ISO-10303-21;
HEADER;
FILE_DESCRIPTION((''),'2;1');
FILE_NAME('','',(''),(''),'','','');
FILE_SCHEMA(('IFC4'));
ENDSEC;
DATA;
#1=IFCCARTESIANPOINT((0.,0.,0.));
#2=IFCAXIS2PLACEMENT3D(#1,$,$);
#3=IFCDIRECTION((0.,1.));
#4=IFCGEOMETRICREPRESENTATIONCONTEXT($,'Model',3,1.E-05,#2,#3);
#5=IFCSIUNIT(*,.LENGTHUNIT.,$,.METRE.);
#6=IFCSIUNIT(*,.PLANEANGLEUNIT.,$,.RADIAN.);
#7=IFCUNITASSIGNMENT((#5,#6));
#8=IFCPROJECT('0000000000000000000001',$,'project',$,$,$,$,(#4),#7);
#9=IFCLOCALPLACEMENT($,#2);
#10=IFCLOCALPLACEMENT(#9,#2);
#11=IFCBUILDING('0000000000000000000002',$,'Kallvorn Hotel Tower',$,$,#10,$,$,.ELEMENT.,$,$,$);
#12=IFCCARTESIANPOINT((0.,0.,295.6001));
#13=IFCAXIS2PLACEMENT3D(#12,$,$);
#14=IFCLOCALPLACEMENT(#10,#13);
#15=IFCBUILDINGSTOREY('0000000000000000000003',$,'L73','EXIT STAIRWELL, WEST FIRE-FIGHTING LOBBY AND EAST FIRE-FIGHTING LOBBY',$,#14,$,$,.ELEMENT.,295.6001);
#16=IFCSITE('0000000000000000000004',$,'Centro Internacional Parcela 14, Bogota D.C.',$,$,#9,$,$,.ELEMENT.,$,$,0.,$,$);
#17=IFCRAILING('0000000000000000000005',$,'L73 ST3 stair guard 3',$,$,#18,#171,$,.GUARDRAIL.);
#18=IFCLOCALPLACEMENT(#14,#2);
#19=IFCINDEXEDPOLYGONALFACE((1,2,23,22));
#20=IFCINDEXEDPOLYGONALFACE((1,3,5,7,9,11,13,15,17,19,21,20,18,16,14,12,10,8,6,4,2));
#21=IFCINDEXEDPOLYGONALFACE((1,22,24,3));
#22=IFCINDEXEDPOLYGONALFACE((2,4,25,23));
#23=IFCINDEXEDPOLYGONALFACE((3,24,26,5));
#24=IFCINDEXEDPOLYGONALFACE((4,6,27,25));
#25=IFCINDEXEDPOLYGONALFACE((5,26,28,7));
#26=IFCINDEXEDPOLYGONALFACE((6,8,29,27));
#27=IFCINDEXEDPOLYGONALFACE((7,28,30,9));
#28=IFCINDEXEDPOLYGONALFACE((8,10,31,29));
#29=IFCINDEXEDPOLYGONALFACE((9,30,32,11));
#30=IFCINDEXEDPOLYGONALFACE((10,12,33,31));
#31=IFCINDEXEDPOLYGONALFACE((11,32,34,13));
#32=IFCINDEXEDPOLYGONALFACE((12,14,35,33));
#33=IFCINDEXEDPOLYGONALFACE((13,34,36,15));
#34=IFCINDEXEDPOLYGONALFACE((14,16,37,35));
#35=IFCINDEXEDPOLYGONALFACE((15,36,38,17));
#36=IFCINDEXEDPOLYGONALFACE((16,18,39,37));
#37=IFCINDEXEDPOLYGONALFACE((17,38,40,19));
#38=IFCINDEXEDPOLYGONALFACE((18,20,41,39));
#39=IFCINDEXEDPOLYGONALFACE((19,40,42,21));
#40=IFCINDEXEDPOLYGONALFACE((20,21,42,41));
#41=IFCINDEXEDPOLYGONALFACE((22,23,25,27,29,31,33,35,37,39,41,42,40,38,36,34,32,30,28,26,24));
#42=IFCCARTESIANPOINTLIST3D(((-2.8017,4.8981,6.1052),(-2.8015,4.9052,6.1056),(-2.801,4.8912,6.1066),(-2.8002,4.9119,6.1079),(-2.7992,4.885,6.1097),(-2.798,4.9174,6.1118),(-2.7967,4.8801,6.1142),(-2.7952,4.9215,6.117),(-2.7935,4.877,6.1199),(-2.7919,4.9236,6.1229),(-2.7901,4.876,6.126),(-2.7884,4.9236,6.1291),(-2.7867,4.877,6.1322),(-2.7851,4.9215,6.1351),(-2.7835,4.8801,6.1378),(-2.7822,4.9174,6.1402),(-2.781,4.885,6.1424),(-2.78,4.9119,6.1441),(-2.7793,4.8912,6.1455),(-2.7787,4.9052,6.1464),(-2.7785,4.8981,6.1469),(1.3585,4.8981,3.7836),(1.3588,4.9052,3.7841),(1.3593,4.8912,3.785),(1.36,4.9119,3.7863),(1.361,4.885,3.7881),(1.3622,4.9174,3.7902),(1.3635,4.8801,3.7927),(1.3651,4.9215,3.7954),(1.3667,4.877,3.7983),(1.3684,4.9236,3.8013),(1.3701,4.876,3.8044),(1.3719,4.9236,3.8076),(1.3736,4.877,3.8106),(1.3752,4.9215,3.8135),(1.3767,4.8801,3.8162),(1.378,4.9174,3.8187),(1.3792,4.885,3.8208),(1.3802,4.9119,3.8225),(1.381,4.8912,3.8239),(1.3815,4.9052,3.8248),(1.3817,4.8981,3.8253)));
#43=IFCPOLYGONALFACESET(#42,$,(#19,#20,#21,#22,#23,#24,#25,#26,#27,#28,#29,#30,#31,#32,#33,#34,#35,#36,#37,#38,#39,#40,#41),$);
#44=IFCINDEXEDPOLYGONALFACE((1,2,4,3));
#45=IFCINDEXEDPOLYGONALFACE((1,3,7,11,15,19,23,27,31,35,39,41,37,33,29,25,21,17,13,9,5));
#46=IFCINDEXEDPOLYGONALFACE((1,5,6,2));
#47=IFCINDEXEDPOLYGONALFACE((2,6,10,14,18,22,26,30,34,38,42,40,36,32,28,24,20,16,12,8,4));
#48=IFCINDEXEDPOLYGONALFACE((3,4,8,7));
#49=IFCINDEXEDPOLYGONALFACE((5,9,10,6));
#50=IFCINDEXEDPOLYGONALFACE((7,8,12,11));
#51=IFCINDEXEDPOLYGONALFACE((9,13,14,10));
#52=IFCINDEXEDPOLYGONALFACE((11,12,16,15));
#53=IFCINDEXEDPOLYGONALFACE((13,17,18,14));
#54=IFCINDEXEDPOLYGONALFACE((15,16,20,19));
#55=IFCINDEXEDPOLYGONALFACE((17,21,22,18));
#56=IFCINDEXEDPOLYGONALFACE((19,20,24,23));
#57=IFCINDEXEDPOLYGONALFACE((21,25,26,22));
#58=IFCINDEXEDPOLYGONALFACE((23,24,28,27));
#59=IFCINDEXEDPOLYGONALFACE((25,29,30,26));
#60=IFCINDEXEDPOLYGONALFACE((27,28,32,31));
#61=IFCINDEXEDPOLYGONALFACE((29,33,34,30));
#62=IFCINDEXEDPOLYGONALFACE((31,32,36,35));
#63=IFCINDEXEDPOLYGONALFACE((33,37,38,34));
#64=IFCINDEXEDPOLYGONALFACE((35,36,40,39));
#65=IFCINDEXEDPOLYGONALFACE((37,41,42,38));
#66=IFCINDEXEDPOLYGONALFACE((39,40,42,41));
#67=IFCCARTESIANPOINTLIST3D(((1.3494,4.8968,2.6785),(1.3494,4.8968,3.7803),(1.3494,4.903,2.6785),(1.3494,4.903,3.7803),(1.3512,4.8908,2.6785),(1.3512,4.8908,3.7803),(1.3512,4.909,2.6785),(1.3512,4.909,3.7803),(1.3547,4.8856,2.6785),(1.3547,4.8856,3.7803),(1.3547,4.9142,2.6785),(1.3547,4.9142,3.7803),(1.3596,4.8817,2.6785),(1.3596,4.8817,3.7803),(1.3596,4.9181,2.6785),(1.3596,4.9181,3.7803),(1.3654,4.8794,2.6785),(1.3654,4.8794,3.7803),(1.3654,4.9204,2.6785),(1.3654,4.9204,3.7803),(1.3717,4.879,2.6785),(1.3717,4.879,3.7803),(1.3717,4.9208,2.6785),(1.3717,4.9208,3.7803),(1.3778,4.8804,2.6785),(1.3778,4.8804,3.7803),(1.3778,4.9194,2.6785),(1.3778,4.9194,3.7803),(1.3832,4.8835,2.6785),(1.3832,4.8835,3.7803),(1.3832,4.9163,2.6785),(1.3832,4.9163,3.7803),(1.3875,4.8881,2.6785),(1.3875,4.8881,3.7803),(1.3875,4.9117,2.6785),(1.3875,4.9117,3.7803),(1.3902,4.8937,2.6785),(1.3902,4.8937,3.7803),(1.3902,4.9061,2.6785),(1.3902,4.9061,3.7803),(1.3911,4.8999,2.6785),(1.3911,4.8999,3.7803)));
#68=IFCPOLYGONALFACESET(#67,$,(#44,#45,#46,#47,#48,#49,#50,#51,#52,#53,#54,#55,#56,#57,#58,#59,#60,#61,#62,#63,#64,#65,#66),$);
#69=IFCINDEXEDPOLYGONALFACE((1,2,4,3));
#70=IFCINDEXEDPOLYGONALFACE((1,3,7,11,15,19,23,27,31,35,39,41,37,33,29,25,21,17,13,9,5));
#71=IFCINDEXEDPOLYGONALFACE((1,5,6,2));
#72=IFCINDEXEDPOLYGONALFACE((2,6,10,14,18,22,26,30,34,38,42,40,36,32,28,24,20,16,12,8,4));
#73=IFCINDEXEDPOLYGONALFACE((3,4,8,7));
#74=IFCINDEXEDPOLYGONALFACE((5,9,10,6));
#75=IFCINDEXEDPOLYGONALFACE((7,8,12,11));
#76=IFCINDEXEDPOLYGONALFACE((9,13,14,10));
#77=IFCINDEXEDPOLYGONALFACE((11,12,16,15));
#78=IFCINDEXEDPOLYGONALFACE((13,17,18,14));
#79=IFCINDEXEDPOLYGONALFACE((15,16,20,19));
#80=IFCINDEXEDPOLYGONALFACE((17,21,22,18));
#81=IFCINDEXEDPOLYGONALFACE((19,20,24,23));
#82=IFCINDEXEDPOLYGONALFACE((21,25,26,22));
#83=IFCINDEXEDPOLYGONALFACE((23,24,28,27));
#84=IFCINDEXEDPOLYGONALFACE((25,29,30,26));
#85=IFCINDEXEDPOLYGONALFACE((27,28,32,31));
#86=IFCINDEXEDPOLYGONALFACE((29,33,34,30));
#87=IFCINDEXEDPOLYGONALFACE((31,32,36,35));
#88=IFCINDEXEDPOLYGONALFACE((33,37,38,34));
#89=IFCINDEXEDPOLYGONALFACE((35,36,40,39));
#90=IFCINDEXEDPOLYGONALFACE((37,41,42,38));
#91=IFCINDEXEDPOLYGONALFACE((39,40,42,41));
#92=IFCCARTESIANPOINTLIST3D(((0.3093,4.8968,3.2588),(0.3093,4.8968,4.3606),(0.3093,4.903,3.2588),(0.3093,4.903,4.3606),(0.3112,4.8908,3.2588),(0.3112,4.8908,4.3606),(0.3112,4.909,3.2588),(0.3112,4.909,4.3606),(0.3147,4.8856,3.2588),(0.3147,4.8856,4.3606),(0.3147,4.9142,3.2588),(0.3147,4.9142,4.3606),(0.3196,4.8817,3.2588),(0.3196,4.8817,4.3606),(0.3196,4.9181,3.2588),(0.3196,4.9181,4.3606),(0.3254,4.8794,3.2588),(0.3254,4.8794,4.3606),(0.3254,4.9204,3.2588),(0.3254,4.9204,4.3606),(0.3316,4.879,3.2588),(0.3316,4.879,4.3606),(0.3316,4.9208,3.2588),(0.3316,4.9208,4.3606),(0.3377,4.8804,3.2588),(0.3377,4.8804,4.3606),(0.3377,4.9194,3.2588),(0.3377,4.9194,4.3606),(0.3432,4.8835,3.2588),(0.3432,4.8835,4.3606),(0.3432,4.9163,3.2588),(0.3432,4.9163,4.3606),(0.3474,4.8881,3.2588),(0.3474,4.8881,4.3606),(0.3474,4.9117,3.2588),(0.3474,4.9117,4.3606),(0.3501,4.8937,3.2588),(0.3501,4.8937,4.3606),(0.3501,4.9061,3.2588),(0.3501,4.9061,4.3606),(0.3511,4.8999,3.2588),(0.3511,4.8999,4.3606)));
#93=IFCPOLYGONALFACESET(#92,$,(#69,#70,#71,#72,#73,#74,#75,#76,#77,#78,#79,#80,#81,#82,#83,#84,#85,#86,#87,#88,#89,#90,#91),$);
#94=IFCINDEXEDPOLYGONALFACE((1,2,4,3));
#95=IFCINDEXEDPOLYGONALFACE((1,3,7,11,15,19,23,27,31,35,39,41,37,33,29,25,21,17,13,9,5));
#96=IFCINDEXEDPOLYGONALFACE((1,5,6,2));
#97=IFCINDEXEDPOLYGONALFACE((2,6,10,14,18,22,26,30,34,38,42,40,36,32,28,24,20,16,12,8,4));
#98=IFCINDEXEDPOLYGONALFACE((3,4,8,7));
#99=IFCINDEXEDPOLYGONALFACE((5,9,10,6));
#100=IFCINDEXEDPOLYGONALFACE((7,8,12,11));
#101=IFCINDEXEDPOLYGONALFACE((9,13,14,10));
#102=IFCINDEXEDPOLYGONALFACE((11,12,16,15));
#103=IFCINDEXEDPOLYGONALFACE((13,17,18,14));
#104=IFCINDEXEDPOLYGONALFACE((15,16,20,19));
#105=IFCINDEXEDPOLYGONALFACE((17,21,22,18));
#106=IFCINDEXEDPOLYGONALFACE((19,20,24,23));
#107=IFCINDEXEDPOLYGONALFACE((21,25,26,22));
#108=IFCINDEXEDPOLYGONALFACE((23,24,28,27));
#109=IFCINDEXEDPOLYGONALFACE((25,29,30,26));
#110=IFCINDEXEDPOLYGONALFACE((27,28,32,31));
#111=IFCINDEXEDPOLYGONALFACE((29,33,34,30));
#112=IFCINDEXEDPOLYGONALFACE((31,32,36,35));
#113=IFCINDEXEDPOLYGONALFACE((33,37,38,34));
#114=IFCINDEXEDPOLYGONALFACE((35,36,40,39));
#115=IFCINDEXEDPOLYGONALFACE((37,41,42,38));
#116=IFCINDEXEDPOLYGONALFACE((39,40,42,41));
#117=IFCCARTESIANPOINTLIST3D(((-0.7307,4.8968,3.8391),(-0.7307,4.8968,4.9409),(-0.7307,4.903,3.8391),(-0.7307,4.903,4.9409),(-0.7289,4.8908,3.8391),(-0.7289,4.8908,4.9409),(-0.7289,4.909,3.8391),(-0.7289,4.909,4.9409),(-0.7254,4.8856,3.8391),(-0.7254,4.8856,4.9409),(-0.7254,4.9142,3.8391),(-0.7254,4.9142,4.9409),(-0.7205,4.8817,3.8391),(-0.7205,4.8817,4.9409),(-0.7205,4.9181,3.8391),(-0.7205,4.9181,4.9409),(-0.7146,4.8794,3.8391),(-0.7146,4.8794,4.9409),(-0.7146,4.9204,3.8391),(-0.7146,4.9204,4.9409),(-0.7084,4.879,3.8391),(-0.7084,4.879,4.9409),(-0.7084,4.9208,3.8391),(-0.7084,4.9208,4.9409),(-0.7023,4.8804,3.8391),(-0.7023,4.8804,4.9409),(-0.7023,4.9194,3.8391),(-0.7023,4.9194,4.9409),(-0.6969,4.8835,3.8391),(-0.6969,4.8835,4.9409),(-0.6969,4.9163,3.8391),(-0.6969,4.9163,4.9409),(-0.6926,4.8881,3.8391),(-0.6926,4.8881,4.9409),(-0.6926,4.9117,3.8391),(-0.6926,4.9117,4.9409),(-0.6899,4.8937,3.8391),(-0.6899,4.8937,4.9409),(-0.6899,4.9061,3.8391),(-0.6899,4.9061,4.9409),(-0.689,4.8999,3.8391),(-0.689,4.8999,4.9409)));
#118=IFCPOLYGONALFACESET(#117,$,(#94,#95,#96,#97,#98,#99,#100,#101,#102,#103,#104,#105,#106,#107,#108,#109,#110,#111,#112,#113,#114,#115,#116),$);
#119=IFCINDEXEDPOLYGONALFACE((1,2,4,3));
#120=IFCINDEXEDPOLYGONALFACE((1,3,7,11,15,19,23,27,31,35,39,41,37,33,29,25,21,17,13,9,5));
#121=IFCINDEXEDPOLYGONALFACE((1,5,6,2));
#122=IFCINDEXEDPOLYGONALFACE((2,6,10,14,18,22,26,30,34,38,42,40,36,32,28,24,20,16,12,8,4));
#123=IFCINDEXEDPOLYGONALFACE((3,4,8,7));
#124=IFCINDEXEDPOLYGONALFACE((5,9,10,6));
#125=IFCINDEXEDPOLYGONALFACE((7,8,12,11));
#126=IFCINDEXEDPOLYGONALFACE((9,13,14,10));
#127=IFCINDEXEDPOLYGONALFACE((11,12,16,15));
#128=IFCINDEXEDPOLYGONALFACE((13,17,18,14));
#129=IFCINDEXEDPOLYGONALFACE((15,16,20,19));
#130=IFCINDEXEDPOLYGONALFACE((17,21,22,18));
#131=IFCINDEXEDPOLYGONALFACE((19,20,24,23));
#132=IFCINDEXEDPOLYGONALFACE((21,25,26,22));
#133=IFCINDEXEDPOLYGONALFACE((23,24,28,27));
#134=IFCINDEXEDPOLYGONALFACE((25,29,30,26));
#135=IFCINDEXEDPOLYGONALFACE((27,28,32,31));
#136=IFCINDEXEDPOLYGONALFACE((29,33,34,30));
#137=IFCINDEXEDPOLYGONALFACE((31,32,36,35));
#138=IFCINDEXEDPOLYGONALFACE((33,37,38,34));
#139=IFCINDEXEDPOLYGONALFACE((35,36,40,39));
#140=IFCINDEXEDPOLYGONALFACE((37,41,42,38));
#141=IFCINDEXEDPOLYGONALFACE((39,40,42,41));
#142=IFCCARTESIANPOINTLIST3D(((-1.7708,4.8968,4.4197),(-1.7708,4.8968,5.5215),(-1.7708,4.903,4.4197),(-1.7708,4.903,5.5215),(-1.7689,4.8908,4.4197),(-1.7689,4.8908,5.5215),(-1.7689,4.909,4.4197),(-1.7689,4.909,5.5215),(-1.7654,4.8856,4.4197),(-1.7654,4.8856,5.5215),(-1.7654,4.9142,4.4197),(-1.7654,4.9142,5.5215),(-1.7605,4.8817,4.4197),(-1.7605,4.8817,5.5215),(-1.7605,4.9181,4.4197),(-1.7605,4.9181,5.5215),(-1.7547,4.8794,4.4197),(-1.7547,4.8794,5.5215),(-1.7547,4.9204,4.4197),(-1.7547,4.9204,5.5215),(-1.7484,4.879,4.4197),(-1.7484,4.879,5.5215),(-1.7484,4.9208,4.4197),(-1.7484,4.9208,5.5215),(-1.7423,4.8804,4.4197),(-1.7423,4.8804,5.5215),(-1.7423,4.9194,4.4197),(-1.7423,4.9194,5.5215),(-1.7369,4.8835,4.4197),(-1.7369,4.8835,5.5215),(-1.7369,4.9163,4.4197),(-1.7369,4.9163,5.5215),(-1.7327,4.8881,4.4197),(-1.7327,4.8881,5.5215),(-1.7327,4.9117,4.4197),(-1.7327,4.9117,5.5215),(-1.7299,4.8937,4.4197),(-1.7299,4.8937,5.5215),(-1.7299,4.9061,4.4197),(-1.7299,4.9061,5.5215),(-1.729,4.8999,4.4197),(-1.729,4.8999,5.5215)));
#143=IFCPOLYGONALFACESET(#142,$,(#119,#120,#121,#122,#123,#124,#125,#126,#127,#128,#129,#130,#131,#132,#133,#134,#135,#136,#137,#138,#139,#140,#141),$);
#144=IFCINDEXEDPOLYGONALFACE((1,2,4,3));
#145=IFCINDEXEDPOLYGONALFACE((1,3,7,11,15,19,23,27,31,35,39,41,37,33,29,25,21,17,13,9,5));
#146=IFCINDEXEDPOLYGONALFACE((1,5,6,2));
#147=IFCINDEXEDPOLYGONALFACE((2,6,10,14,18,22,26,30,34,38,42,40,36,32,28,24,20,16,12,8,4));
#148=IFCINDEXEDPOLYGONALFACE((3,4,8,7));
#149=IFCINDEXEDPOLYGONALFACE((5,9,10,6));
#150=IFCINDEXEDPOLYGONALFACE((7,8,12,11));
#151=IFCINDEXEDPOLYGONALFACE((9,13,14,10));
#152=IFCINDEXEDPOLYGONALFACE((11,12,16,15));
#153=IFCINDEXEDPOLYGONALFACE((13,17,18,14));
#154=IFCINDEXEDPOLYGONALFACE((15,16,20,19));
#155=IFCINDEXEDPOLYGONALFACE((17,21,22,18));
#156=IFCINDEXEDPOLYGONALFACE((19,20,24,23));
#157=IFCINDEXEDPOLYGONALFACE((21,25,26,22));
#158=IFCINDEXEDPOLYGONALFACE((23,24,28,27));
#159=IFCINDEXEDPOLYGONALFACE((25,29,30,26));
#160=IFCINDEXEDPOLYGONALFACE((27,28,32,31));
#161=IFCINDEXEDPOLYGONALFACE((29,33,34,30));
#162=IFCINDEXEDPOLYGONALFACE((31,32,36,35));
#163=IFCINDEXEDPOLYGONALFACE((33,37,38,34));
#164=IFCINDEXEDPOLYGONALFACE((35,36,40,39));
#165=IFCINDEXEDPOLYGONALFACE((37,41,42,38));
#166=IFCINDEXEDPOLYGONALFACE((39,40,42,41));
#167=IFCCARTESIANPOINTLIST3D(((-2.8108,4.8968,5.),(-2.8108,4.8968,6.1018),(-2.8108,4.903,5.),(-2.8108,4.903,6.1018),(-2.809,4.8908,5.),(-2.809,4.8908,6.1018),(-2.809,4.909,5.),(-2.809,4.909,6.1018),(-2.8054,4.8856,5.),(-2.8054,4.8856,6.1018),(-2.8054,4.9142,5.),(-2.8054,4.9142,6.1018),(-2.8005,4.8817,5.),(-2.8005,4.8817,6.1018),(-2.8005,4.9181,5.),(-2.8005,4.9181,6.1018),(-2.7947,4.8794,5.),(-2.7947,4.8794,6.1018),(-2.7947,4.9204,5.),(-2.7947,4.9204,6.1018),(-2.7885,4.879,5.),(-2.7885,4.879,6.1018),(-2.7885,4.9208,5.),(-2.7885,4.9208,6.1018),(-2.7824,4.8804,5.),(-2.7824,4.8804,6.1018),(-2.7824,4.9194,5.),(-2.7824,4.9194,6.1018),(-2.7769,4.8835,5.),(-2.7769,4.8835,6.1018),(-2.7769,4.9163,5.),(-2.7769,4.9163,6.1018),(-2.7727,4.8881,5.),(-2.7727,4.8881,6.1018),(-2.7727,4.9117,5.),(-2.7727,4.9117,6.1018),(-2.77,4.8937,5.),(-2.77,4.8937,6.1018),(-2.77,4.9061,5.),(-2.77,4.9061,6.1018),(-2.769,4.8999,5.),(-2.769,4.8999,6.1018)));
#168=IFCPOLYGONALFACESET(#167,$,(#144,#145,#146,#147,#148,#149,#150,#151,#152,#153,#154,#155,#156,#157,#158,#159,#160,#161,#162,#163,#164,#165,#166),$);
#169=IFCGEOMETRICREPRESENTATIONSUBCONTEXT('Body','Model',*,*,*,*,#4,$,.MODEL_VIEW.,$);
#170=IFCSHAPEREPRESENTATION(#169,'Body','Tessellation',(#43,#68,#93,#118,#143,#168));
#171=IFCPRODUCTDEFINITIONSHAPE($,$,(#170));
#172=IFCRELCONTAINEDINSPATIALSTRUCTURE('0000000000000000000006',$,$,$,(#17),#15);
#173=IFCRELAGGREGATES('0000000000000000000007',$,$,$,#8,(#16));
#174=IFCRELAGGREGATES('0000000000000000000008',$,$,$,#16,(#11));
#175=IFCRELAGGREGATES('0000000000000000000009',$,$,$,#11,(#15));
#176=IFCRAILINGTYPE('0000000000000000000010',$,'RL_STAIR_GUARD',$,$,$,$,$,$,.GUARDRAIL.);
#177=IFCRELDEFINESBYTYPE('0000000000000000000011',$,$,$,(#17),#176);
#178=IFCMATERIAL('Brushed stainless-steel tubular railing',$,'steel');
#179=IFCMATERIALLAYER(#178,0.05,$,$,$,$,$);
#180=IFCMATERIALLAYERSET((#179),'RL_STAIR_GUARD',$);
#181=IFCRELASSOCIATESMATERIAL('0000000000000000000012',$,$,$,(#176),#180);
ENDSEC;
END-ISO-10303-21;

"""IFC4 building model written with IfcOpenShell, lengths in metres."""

from ifc_helpers import new_model, si_unit, direction, frame, origin, origin_2d, place, context, subcontext, project, spatial, circle, extrude, material, layer, layer_set, type_object, element, save


model = new_model("IFC4")

# Units and contexts
model_context = context("Model", 3, precision=1e-05, world=origin(), true_north=direction((0.0, 1.0)))
body_context = subcontext(model_context, "Body", "Model", "MODEL_VIEW")
ifc_project = project(units=[si_unit("LENGTHUNIT", "METRE"), si_unit("PLANEANGLEUNIT", "RADIAN")], contexts=[model_context])

# Site, building, storey
site_placement = place(None, origin())
site = spatial("IfcSite", under=ifc_project, at=site_placement, Name="Centro Internacional Parcela 14, Bogota D.C.", CompositionType="ELEMENT", RefElevation=0.0)
building_placement = place(site_placement, origin())
building = spatial("IfcBuilding", under=site, at=building_placement, Name="Kallvorn Hotel Tower", CompositionType="ELEMENT")
storey_placement = place(building_placement, frame((0.0, 0.0, 295.6001)))
storey = spatial("IfcBuildingStorey", under=building, at=storey_placement, Name="L73", Description="EXIT STAIRWELL, WEST FIRE-FIGHTING LOBBY AND EAST FIRE-FIGHTING LOBBY", CompositionType="ELEMENT", Elevation=295.6001)

# Railing
ifc_material_1 = material(Name="Brushed stainless-steel tubular railing", Category="steel")
ifc_layer_1 = layer(ifc_material_1, 0.05)
ifc_layer_set_1 = layer_set([ifc_layer_1], Name="RL_STAIR_GUARD")
railing_type = type_object("IfcRailingType", Name="RL_STAIR_GUARD", PredefinedType="GUARDRAIL", material=ifc_layer_set_1)
railing_1_placement = place(storey_placement, frame((1.3701, 4.8999, 2.6785)))
element("IfcRailing", 1, at=railing_1_placement, inside=storey, type_object=railing_type, Name="L73 ST3 stair guard 3", PredefinedType="GUARDRAIL", context=body_context, shape_type="SweptSolid", body=[
    extrude(circle(Radius=0.0239, at=origin_2d()), frame((0.0, 0.0, 1.126), z_axis=(-0.873235, 0.0, 0.4873), x_axis=(0.0, -1.0, 0.0)), (0.0, 0.0, 1.0), 4.7642),
    extrude(circle(Radius=0.021, at=origin_2d()), origin(), (0.0, 0.0, 1.0), 1.1018),
    extrude(circle(Radius=0.021, at=origin_2d()), frame((-1.04, 0.0, 0.5803)), (0.0, 0.0, 1.0), 1.1018),
    extrude(circle(Radius=0.021, at=origin_2d()), frame((-2.0801, 0.0, 1.1606)), (0.0, 0.0, 1.0), 1.1018),
    extrude(circle(Radius=0.021, at=origin_2d()), frame((-3.1201, 0.0, 1.7412)), (0.0, 0.0, 1.0), 1.1018),
    extrude(circle(Radius=0.021, at=origin_2d()), frame((-4.1602, 0.0, 2.3215)), (0.0, 0.0, 1.0), 1.1018),
])

save(model, "model.ifc")
